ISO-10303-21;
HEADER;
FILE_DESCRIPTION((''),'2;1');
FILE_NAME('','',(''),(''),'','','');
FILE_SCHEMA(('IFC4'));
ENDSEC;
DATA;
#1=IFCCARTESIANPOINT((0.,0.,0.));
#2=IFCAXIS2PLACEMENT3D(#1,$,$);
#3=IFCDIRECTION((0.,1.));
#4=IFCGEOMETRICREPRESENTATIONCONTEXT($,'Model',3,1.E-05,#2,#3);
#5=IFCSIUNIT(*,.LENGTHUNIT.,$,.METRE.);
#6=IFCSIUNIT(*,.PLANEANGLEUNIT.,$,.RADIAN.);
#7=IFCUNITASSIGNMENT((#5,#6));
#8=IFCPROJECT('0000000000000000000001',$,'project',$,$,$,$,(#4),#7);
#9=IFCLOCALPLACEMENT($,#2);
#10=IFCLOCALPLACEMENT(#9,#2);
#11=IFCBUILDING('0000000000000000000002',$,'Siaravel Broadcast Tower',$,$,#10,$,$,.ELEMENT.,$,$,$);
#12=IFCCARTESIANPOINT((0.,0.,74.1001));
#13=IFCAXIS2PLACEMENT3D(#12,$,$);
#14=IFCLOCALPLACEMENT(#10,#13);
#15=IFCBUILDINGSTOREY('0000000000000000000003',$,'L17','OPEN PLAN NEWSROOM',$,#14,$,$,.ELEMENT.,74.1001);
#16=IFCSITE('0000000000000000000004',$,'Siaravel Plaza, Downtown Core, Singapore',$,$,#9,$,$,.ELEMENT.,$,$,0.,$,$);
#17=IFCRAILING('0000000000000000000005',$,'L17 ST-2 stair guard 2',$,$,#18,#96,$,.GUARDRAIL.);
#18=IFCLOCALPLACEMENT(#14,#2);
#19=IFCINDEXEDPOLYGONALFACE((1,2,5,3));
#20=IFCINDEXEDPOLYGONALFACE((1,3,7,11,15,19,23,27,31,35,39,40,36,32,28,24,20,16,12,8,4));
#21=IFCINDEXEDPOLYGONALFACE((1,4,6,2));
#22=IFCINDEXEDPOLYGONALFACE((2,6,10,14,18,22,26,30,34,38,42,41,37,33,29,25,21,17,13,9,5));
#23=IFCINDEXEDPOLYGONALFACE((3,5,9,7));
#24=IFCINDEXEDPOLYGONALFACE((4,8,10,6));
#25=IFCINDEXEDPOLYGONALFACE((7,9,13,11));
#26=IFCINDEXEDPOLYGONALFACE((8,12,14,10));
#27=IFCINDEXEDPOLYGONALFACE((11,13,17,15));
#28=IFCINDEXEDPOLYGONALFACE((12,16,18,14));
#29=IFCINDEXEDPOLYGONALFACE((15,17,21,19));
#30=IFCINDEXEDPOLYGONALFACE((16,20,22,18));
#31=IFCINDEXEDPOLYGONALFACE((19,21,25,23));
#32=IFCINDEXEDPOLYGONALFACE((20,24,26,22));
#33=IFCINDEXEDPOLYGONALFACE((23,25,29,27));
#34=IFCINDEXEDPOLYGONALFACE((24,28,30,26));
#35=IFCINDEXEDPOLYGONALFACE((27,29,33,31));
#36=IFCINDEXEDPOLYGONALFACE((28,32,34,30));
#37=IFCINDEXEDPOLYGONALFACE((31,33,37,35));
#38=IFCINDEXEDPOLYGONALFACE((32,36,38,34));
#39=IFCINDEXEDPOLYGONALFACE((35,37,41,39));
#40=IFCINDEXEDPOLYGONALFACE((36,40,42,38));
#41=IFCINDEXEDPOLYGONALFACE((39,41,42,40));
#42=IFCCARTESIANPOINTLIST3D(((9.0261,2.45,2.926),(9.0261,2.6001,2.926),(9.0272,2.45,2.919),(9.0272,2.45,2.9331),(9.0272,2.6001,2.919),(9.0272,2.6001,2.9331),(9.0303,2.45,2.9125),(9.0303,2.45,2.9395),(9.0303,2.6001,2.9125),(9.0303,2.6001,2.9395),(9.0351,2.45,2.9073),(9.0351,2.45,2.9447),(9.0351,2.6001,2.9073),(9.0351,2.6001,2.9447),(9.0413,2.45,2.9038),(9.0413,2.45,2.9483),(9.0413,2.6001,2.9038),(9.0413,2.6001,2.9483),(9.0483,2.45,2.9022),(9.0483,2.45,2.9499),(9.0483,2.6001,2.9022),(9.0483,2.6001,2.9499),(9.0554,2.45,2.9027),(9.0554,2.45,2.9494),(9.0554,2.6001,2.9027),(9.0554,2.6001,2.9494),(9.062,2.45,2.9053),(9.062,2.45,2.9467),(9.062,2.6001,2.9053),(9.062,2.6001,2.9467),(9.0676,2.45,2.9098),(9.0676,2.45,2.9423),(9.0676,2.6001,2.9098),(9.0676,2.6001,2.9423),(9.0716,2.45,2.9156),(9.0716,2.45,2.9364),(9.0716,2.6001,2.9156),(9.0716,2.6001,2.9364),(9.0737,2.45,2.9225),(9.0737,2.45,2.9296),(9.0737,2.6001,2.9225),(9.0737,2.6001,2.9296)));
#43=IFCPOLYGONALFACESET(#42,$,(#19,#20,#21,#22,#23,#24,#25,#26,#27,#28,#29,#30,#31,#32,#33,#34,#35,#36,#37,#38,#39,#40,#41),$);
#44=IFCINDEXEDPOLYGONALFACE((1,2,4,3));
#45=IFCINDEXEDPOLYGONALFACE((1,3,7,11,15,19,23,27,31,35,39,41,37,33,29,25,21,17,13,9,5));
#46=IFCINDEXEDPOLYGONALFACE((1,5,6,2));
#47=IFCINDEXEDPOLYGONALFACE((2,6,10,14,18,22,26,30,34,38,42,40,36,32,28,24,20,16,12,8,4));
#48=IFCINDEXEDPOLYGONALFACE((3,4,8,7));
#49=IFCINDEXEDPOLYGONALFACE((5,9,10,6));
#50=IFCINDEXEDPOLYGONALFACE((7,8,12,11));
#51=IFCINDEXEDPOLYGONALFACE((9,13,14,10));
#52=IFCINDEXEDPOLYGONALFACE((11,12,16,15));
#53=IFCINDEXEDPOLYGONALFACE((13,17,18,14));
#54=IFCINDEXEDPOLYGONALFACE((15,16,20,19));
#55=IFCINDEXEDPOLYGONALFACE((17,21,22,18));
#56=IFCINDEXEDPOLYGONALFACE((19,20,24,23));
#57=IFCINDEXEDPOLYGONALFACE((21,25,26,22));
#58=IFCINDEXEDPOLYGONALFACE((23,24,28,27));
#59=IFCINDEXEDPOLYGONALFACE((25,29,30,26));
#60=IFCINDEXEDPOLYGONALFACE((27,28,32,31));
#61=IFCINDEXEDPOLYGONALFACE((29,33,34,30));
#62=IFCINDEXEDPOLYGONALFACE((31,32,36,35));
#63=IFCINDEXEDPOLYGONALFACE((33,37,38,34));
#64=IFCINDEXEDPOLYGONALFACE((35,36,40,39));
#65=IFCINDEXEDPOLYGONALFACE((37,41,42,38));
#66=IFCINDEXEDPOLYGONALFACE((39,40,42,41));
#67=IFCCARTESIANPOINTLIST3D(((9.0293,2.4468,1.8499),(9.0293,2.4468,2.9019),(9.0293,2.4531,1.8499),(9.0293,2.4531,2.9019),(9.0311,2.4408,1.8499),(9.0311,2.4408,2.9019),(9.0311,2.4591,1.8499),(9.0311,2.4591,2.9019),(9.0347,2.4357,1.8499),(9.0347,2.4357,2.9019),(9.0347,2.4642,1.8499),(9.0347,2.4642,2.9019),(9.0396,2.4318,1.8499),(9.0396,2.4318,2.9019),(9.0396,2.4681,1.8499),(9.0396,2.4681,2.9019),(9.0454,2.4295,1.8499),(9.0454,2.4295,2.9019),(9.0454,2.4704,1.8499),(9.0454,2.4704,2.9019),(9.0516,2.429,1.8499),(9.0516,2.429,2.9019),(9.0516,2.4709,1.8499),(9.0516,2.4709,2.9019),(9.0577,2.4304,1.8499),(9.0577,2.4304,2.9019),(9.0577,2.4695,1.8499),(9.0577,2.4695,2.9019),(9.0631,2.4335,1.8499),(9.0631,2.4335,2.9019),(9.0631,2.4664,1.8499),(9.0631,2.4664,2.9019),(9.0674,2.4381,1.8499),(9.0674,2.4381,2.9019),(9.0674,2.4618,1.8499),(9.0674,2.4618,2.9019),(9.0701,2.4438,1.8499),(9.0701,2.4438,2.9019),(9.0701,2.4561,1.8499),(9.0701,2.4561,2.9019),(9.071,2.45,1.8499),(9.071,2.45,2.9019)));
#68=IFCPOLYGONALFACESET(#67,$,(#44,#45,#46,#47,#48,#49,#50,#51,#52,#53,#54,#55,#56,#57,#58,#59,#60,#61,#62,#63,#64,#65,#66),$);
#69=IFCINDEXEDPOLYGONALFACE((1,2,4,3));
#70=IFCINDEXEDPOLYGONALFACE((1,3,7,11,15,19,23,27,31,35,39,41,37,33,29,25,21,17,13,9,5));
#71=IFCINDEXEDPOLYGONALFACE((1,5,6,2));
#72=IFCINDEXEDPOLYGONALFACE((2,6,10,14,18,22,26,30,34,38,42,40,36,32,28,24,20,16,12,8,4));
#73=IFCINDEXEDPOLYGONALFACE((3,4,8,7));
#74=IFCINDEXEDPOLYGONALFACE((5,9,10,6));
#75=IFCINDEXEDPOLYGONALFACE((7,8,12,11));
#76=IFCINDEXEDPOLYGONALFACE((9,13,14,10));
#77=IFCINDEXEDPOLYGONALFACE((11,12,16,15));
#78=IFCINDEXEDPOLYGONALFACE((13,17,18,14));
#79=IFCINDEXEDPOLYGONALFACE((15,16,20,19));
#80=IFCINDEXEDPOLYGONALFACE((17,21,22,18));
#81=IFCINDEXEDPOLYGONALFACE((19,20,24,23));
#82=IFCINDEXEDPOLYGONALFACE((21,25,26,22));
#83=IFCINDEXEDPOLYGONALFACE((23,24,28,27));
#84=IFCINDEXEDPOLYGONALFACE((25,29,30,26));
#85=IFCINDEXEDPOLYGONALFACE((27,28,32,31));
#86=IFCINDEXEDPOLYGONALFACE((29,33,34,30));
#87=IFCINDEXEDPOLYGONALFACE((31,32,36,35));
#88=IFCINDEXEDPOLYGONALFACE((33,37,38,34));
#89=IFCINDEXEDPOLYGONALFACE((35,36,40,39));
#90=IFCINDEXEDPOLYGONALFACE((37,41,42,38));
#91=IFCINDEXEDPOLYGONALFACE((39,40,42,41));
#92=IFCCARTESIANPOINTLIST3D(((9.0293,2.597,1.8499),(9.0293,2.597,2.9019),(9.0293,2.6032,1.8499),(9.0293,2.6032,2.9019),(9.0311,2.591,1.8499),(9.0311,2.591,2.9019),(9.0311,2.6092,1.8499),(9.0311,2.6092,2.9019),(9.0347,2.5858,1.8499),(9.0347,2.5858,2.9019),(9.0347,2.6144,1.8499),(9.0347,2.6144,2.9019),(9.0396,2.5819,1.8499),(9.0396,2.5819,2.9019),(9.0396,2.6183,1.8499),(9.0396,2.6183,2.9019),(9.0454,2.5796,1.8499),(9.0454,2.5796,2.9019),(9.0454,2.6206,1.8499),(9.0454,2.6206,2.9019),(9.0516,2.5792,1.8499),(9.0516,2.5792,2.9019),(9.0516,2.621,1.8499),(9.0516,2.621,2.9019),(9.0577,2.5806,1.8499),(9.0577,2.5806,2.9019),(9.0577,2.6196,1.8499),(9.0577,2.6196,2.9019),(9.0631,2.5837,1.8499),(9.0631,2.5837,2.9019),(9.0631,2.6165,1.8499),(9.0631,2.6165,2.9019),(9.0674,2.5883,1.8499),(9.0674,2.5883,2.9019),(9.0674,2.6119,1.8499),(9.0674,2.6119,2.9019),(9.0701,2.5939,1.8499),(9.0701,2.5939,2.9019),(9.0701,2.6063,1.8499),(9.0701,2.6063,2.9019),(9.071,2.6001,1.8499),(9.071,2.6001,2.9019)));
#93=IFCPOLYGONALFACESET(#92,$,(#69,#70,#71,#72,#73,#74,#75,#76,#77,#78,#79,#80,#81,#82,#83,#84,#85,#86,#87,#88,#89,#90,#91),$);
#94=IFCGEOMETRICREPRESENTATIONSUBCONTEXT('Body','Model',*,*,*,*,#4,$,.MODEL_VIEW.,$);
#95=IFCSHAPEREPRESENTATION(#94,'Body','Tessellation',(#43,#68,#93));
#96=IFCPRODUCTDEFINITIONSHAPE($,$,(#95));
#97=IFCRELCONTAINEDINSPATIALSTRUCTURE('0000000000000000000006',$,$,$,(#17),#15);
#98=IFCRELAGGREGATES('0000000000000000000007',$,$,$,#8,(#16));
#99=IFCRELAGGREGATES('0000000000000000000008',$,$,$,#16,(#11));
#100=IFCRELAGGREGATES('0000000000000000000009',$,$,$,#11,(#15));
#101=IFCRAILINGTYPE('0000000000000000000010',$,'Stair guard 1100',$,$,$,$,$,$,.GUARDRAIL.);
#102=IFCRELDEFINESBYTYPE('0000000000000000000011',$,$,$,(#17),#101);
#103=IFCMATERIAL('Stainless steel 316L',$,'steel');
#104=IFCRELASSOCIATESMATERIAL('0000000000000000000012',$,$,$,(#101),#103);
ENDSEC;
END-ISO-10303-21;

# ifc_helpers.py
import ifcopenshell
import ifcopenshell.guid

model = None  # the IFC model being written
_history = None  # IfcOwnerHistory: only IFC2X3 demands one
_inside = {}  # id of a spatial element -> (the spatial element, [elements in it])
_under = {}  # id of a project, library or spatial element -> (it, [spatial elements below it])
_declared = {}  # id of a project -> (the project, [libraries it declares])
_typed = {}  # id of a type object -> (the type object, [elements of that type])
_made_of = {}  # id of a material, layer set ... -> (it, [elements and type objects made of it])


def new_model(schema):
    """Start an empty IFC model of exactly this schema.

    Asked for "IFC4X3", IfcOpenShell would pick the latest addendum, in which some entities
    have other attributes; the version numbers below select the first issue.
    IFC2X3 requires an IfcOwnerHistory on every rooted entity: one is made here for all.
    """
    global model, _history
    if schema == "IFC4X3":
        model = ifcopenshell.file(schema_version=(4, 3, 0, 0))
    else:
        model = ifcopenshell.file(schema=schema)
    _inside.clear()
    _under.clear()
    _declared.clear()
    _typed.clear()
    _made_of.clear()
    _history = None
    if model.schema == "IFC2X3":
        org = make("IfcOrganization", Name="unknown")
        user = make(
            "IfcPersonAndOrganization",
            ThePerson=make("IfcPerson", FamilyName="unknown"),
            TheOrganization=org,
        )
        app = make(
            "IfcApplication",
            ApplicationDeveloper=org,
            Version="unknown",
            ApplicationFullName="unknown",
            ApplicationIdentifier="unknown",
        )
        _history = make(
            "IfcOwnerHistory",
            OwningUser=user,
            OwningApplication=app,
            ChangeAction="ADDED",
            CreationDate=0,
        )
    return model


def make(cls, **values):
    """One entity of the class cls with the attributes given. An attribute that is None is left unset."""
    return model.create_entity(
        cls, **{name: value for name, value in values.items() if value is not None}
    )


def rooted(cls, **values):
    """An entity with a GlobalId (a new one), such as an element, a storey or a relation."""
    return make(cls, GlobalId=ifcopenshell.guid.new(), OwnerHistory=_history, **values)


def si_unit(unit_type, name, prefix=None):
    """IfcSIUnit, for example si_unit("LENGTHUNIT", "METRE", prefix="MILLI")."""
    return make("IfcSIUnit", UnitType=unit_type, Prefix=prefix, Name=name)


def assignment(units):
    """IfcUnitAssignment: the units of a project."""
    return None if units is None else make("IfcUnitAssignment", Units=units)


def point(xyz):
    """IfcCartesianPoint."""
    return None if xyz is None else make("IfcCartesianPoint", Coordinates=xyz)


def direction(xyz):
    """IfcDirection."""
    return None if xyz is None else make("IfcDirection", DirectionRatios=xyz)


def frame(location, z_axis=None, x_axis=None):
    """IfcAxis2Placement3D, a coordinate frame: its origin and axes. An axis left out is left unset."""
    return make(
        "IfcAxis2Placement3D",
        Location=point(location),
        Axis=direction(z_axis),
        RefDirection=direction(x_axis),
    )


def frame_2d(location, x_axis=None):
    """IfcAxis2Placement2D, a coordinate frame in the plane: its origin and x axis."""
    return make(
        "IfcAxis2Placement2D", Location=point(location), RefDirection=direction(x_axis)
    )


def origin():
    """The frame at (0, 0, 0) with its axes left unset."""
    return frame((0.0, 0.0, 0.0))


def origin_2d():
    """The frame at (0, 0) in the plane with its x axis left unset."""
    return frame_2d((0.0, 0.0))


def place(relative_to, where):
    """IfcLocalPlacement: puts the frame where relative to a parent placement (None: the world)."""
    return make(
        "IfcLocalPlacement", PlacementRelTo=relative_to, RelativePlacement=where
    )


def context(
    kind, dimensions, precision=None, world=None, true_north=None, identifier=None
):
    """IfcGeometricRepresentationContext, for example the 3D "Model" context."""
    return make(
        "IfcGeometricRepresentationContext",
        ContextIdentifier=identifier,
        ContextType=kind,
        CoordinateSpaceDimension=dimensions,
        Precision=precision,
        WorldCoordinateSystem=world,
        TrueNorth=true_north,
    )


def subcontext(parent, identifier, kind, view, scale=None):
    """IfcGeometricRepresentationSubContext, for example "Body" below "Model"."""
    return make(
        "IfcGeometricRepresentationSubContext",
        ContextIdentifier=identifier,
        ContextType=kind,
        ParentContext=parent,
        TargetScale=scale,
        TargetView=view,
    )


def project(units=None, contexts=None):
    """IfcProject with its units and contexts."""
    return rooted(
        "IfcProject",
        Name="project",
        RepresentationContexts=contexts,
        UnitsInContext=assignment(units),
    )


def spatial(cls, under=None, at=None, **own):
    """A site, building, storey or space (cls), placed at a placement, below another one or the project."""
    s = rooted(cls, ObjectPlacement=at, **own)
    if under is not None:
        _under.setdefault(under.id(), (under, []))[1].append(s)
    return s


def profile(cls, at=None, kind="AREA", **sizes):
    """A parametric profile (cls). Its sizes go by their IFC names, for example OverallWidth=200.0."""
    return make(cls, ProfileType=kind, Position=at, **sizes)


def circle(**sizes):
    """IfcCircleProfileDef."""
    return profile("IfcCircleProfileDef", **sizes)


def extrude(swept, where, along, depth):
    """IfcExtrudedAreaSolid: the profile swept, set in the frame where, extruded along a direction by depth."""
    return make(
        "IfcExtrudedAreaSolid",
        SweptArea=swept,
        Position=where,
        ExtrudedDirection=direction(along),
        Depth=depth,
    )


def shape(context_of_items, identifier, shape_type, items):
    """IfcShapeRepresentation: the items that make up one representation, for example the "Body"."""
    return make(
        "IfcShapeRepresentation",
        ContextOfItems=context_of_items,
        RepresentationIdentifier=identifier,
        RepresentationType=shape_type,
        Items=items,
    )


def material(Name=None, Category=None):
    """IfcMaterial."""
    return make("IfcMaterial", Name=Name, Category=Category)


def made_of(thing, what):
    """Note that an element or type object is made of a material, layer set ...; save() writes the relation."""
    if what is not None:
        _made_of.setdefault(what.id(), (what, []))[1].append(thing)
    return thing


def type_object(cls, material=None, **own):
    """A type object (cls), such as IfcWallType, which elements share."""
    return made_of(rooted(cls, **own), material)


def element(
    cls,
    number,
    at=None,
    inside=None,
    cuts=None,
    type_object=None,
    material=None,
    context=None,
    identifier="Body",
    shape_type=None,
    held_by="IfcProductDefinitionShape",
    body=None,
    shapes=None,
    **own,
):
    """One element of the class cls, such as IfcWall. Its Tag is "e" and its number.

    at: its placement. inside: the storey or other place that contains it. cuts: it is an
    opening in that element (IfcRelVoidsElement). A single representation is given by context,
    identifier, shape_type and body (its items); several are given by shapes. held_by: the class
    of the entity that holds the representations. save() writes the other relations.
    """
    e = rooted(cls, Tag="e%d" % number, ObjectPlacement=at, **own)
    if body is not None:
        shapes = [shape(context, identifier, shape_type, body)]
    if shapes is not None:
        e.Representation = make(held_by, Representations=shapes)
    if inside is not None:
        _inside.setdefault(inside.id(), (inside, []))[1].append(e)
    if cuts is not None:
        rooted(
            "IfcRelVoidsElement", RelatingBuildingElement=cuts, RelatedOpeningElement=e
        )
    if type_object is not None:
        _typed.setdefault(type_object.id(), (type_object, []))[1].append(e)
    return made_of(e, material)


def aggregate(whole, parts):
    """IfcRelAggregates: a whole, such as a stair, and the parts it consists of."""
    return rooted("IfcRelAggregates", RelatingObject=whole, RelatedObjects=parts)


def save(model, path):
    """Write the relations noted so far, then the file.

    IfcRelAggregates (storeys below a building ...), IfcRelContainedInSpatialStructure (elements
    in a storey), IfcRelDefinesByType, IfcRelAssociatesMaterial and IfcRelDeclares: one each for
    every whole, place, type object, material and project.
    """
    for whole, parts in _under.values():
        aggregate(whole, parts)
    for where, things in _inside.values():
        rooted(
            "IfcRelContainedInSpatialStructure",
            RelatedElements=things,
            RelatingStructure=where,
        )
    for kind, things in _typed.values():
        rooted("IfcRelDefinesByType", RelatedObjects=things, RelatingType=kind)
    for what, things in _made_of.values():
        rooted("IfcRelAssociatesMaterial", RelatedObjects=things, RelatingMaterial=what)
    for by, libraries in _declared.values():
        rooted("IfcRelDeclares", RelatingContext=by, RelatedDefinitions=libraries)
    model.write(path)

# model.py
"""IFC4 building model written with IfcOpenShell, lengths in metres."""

from ifc_helpers import new_model, si_unit, direction, frame, origin, origin_2d, place, context, subcontext, project, spatial, circle, extrude, material, type_object, element, save


model = new_model("IFC4")

# Units and contexts
model_context = context("Model", 3, precision=1e-05, world=origin(), true_north=direction((0.0, 1.0)))
body_context = subcontext(model_context, "Body", "Model", "MODEL_VIEW")
ifc_project = project(units=[si_unit("LENGTHUNIT", "METRE"), si_unit("PLANEANGLEUNIT", "RADIAN")], contexts=[model_context])

# Site, building, storey
site_placement = place(None, origin())
site = spatial("IfcSite", under=ifc_project, at=site_placement, Name="Siaravel Plaza, Downtown Core, Singapore", CompositionType="ELEMENT", RefElevation=0.0)
building_placement = place(site_placement, origin())
building = spatial("IfcBuilding", under=site, at=building_placement, Name="Siaravel Broadcast Tower", CompositionType="ELEMENT")
storey_placement = place(building_placement, frame((0.0, 0.0, 74.1001)))
storey = spatial("IfcBuildingStorey", under=building, at=storey_placement, Name="L17", Description="OPEN PLAN NEWSROOM", CompositionType="ELEMENT", Elevation=74.1001)

# Railing
ifc_material_1 = material(Name="Stainless steel 316L", Category="steel")
railing_type_1 = type_object("IfcRailingType", Name="Stair guard 1100", PredefinedType="GUARDRAIL", material=ifc_material_1)
railing_1_placement = place(storey_placement, frame((9.05, 2.45, 1.8499)))
element("IfcRailing", 1, at=railing_1_placement, inside=storey, type_object=railing_type_1, Name="L17 ST-2 stair guard 2", PredefinedType="GUARDRAIL", context=body_context, shape_type="SweptSolid", body=[
    extrude(circle(Radius=0.0239, at=origin_2d()), frame((0.0, 0.0, 1.0762), z_axis=(0.0, 1.0, 0.0), x_axis=(-1.0, 0.0, 0.0)), (0.0, 0.0, 1.0), 0.1501),
    extrude(circle(Radius=0.021, at=origin_2d()), origin(), (0.0, 0.0, 1.0), 1.052),
    extrude(circle(Radius=0.021, at=origin_2d()), frame((0.0, 0.1501, 0.0)), (0.0, 0.0, 1.0), 1.052),
])

save(model, "model.ifc")
